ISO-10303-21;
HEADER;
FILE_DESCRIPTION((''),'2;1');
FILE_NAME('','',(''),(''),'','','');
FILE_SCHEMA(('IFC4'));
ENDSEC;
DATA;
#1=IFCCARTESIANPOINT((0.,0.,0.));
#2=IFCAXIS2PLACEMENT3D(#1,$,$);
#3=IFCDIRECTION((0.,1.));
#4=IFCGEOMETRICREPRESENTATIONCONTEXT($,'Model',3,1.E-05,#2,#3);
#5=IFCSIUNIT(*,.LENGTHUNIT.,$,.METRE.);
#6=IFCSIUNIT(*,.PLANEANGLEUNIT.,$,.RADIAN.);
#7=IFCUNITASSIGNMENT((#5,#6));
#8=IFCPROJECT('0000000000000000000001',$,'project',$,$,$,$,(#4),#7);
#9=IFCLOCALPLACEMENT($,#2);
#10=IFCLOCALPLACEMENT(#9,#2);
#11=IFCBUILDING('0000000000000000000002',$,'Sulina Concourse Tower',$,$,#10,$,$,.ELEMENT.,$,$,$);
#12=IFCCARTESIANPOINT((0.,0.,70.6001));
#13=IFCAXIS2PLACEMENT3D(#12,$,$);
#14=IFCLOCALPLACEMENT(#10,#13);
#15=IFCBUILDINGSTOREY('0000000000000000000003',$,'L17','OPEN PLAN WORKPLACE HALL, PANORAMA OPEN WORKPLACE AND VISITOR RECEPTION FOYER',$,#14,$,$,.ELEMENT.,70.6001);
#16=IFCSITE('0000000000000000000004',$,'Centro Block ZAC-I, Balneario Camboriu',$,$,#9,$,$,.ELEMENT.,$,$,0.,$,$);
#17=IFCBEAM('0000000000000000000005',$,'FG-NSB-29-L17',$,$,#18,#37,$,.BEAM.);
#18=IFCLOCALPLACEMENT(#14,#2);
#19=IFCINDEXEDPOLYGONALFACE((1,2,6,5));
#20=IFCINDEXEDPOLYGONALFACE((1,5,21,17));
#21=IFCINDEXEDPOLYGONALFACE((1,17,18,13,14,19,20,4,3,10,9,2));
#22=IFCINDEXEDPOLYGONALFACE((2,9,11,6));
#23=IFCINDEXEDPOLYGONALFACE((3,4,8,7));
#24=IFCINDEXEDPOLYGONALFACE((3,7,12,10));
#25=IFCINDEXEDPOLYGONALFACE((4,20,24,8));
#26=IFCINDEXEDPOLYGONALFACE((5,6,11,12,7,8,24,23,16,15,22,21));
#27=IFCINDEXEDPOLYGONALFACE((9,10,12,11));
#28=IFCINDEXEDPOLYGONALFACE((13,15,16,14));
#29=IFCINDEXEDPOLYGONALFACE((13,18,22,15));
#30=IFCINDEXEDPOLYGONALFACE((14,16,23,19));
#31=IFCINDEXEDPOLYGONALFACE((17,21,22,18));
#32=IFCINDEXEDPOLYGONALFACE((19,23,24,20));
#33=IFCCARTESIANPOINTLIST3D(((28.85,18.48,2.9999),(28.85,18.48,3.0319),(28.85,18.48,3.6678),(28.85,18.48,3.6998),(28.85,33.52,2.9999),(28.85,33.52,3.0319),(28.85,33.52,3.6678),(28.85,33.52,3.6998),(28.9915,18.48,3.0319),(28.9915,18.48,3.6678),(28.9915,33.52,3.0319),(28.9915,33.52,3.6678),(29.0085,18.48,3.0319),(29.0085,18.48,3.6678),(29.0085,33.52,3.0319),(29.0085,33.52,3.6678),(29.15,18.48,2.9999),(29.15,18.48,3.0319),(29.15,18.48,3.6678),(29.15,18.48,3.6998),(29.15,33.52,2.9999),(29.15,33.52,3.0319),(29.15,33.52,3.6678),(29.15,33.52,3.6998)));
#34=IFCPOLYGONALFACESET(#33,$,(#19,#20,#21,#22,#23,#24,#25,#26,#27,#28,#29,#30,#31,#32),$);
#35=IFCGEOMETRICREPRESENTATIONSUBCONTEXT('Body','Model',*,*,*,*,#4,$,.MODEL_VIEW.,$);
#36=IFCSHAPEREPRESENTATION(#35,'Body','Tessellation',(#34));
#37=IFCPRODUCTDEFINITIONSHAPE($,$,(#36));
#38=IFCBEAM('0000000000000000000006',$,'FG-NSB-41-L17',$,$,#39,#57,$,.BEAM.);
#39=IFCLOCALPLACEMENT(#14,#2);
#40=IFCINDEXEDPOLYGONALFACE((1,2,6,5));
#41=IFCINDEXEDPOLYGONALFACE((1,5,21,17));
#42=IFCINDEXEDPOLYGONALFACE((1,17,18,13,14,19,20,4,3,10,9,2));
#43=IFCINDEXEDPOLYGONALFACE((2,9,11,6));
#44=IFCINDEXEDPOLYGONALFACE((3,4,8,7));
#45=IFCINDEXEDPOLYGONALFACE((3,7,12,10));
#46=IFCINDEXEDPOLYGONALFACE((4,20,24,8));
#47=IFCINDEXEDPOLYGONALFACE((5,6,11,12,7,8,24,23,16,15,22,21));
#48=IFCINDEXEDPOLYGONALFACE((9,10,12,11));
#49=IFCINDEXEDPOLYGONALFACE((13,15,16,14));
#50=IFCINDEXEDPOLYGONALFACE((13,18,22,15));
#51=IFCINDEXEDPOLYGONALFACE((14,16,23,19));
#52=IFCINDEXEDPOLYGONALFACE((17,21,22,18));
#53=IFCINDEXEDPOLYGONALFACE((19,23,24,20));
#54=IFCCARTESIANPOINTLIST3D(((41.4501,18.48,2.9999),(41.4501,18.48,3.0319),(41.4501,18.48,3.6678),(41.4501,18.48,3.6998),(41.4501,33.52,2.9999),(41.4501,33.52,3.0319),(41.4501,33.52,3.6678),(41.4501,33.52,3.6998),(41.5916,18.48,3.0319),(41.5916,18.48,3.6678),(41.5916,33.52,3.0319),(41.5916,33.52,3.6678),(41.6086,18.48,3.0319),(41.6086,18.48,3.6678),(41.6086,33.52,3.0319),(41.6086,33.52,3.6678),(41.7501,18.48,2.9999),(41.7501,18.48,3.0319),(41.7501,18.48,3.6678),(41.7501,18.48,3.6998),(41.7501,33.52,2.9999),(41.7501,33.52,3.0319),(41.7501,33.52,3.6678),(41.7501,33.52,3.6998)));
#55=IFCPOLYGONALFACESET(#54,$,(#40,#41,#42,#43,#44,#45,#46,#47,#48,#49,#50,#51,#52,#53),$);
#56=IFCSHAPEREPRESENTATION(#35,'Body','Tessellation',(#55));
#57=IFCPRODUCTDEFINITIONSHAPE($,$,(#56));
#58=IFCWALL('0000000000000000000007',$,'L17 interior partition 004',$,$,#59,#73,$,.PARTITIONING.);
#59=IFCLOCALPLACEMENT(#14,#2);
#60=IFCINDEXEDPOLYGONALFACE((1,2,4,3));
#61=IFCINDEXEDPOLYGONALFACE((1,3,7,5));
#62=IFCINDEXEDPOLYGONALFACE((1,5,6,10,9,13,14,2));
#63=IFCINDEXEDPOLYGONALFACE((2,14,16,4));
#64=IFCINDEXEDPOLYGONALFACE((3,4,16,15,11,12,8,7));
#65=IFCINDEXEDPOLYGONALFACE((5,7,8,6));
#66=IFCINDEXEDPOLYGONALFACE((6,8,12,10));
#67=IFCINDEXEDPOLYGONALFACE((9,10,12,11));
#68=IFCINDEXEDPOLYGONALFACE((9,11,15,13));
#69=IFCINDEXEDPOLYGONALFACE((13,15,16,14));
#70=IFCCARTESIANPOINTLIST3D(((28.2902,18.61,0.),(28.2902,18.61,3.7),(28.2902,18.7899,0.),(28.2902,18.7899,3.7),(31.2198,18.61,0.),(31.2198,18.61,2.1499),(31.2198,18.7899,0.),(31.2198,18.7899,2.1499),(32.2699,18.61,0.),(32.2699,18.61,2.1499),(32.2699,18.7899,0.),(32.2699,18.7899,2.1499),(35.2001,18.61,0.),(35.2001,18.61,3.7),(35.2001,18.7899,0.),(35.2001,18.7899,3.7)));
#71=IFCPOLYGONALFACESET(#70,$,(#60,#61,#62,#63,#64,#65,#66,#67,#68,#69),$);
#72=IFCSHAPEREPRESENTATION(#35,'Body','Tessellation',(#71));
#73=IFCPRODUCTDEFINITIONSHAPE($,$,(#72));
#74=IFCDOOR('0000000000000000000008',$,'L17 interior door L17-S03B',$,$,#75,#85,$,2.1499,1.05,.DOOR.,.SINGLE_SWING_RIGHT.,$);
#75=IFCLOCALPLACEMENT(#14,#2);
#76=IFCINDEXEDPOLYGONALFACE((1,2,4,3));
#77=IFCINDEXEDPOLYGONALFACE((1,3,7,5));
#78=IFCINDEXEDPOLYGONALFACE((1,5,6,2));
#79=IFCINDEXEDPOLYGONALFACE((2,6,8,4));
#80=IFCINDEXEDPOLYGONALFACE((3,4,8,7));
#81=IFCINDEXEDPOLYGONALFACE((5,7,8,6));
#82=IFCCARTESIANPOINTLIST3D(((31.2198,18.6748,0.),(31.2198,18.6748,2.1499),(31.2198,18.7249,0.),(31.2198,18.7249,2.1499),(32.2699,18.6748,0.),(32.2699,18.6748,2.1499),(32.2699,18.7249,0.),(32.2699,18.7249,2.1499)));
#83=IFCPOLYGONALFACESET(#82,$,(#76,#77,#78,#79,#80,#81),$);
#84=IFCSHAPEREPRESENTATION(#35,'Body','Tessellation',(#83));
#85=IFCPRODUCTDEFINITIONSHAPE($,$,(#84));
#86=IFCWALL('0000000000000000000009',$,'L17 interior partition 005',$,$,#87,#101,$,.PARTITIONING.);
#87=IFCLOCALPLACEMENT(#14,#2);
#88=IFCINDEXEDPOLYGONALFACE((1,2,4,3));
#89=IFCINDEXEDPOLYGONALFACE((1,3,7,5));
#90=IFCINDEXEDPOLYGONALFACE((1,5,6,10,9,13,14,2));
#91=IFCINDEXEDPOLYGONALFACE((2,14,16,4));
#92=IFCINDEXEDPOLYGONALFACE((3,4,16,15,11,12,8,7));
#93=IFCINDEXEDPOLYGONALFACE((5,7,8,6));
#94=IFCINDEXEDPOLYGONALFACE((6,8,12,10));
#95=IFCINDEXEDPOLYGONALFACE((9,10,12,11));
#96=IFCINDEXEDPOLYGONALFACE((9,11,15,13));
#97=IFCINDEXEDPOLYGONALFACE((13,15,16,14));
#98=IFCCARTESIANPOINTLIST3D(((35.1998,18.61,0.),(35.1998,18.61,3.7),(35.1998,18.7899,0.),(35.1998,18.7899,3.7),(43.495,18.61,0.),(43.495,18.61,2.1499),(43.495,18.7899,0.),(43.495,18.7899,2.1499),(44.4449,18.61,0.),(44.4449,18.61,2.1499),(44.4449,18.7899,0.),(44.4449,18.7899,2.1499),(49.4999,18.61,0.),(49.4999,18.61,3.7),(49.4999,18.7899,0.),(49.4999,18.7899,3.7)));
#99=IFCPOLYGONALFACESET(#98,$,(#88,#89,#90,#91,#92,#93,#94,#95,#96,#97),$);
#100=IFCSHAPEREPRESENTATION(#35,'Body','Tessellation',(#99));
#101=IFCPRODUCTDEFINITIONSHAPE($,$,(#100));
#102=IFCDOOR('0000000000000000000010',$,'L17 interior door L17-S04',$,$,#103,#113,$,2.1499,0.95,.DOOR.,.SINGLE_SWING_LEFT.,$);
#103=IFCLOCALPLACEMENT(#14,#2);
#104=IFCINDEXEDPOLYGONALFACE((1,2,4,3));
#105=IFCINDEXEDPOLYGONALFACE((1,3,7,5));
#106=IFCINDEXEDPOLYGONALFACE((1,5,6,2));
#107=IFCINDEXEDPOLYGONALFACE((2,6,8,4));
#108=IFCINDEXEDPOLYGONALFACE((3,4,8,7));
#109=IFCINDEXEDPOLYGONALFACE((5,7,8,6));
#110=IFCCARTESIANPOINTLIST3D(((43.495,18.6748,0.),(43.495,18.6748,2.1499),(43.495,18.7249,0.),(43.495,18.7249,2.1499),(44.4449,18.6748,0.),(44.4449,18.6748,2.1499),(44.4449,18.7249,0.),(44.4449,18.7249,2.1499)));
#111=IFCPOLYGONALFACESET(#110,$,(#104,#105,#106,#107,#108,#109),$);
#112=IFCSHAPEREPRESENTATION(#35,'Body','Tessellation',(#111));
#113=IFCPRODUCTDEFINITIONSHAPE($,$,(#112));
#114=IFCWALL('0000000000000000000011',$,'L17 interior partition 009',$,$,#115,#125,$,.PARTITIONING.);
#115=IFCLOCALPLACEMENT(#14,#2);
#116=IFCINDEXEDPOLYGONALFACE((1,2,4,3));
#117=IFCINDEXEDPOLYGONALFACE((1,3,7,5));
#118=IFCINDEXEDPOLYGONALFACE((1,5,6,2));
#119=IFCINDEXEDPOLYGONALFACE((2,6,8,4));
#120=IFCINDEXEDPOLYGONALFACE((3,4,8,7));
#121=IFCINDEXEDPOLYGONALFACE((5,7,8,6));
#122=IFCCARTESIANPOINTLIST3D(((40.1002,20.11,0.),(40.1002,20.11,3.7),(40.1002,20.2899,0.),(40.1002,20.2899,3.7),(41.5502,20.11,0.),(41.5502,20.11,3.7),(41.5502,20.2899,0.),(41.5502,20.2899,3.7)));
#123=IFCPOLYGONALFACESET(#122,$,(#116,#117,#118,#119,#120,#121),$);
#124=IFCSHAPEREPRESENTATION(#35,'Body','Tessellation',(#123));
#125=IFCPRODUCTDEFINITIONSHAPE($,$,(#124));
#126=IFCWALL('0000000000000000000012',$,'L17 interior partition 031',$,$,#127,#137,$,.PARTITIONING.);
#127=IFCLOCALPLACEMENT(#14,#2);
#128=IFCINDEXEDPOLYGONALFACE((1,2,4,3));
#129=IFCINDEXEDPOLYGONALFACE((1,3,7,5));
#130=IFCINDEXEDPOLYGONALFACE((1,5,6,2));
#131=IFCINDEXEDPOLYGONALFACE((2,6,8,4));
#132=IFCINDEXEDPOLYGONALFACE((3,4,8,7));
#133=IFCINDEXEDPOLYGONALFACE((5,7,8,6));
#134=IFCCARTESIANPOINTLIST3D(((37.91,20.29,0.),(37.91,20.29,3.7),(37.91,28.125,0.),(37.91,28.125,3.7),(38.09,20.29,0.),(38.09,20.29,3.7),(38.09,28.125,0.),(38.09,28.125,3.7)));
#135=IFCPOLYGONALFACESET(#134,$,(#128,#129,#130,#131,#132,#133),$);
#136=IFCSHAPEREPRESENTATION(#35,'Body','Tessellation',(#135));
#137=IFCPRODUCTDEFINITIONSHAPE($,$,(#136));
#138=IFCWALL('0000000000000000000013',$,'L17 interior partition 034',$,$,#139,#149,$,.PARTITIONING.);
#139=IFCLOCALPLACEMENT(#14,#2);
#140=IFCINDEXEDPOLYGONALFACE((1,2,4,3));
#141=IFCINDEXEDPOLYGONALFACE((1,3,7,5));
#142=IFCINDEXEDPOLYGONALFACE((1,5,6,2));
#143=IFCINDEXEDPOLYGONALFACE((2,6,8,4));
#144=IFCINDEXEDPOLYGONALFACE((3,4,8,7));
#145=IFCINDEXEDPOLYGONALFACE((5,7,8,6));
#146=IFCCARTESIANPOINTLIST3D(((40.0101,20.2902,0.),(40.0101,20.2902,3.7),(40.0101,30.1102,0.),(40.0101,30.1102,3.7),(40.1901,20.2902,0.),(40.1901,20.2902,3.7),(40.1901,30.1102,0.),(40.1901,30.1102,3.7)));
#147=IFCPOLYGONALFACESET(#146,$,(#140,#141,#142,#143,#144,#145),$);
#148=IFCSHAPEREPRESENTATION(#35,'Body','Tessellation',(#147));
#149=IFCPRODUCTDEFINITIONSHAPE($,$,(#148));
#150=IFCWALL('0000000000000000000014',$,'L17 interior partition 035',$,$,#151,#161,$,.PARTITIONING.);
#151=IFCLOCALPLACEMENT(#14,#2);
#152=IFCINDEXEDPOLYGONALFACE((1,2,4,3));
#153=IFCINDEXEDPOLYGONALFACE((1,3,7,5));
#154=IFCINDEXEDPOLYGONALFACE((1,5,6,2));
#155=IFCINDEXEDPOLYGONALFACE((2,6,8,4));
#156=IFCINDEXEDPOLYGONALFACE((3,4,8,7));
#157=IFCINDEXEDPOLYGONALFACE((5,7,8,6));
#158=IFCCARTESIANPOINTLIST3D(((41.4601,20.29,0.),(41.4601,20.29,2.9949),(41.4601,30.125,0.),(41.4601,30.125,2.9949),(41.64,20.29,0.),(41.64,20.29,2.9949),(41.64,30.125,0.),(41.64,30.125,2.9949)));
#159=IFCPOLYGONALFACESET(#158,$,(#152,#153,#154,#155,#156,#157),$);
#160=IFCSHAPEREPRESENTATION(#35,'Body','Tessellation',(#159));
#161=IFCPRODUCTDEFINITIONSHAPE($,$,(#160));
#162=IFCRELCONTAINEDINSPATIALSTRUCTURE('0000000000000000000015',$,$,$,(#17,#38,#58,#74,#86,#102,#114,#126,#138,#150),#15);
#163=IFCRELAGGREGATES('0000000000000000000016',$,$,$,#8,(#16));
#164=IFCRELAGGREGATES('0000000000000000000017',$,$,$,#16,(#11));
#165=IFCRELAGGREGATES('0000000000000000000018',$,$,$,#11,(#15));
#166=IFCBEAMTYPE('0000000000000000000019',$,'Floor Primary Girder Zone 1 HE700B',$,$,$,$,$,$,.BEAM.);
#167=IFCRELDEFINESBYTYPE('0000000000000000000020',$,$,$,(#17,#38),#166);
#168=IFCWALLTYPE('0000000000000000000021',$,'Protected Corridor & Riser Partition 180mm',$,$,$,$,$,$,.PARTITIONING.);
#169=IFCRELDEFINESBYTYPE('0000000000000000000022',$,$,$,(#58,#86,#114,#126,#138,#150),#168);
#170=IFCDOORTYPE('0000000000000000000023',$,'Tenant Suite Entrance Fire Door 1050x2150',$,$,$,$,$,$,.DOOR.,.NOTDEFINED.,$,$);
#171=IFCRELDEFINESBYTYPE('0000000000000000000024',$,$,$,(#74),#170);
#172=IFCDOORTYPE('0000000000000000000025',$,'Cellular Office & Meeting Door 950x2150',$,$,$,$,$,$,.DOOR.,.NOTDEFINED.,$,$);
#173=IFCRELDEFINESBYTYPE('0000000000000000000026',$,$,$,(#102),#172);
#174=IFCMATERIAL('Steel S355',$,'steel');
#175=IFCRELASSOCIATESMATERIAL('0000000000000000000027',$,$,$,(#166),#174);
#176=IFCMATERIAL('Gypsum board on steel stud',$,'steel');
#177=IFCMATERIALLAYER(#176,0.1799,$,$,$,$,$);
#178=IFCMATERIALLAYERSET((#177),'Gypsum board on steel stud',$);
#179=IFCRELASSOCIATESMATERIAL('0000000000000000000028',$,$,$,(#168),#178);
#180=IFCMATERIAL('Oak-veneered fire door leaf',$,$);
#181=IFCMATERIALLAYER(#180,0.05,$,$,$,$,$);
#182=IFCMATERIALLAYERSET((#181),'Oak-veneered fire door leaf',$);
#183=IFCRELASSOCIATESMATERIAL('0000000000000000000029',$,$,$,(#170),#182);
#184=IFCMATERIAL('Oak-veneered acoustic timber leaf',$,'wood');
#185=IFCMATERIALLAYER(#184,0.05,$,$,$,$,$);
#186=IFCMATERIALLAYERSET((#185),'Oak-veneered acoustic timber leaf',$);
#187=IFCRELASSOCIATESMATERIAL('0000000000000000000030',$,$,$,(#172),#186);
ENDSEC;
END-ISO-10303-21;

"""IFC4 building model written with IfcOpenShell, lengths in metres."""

from ifc_helpers import new_model, si_unit, direction, frame, frame_2d, origin, origin_2d, place, context, subcontext, project, spatial, rectangle, i_section, extrude, material, layer, layer_set, material_profile, profile_set, type_object, element, fill, save


model = new_model("IFC4")

# Units and contexts
model_context = context("Model", 3, precision=1e-05, world=origin(), true_north=direction((0.0, 1.0)))
body_context = subcontext(model_context, "Body", "Model", "MODEL_VIEW")
ifc_project = project(units=[si_unit("LENGTHUNIT", "METRE"), si_unit("PLANEANGLEUNIT", "RADIAN")], contexts=[model_context])

# Site, building, storey
site_placement = place(None, origin())
site = spatial("IfcSite", under=ifc_project, at=site_placement, Name="Centro Block ZAC-I, Balneario Camboriu", CompositionType="ELEMENT", RefElevation=0.0)
building_placement = place(site_placement, origin())
building = spatial("IfcBuilding", under=site, at=building_placement, Name="Sulina Concourse Tower", CompositionType="ELEMENT")
storey_placement = place(building_placement, frame((0.0, 0.0, 70.6001)))
storey = spatial("IfcBuildingStorey", under=building, at=storey_placement, Name="L17", Description="OPEN PLAN WORKPLACE HALL, PANORAMA OPEN WORKPLACE AND VISITOR RECEPTION FOYER", CompositionType="ELEMENT", Elevation=70.6001)

# Beams
ifc_material_1 = material(Name="Steel S355", Category="steel")
ifc_material_profile_1 = material_profile(ifc_material_1, i_section(OverallWidth=0.3, OverallDepth=0.7, WebThickness=0.0171, FlangeThickness=0.032, at=origin_2d()), Name="HE 700 B")
ifc_profile_set_1 = profile_set([ifc_material_profile_1], Name="Steel S355")
beam_type_1 = type_object("IfcBeamType", Name="Floor Primary Girder Zone 1 HE700B", PredefinedType="BEAM", material=ifc_profile_set_1)
for number, where, z_axis, x_axis, name in (
    (1, (29.0, 18.48, 3.3499), (0.0, 1.0, 0.0), (-1.0, 0.0, 0.0), "FG-NSB-29-L17"),
    (2, (41.6001, 18.48, 3.3499), (0.0, 1.0, 0.0), (-1.0, 0.0, 0.0), "FG-NSB-41-L17"),
):
    element("IfcBeam", number, at=place(storey_placement, frame(where, z_axis=z_axis, x_axis=x_axis)), inside=storey, type_object=beam_type_1, Name=name, PredefinedType="BEAM", context=body_context, shape_type="SweptSolid", body=[
        extrude(i_section(OverallWidth=0.3, OverallDepth=0.7, WebThickness=0.0171, FlangeThickness=0.032, at=origin_2d()), origin(), (0.0, 0.0, 1.0), 15.04),
    ])

# Walls, openings, doors
ifc_material_2 = material(Name="Gypsum board on steel stud", Category="steel")
ifc_layer_1 = layer(ifc_material_2, 0.1799)
ifc_layer_set_1 = layer_set([ifc_layer_1], Name="Gypsum board on steel stud")
wall_type = type_object("IfcWallType", Name="Protected Corridor & Riser Partition 180mm", PredefinedType="PARTITIONING", material=ifc_layer_set_1)
wall_1_placement = place(storey_placement, frame((28.29, 18.7, 0.0), z_axis=(0.0, 0.0, 1.0), x_axis=(1.0, 0.0, 0.0)))
wall_1 = element("IfcWall", 3, at=wall_1_placement, inside=storey, type_object=wall_type, Name="L17 interior partition 004", PredefinedType="PARTITIONING", context=body_context, shape_type="SweptSolid", body=[
    extrude(rectangle(XDim=6.9099, YDim=0.1799, at=frame_2d((3.4551, 0.0))), origin(), (0.0, 0.0, 1.0), 3.7),
])
opening_1_placement = place(wall_1_placement, frame((2.9299, 0.0, 0.0)))
opening_1 = element("IfcOpeningElement", 4, at=opening_1_placement, cuts=wall_1, PredefinedType="OPENING", context=body_context, shape_type="SweptSolid", body=[
    extrude(rectangle(XDim=1.05, YDim=2.1499, at=frame_2d((0.5249, 1.075))), frame((0.0, 0.0999, 0.0), z_axis=(0.0, -1.0, 0.0), x_axis=(1.0, 0.0, 0.0)), (0.0, 0.0, 1.0), 0.2),
])
ifc_material_3 = material(Name="Oak-veneered fire door leaf")
ifc_layer_2 = layer(ifc_material_3, 0.05)
ifc_layer_set_2 = layer_set([ifc_layer_2], Name="Oak-veneered fire door leaf")
door_type_1 = type_object("IfcDoorType", Name="Tenant Suite Entrance Fire Door 1050x2150", OperationType="NOTDEFINED", PredefinedType="DOOR", material=ifc_layer_set_2)
door_1_placement = place(opening_1_placement, origin())
door_1 = element("IfcDoor", 5, at=door_1_placement, inside=storey, type_object=door_type_1, Name="L17 interior door L17-S03B", OperationType="SINGLE_SWING_RIGHT", OverallHeight=2.1499, OverallWidth=1.05, PredefinedType="DOOR", context=body_context, shape_type="SweptSolid", body=[
    extrude(rectangle(XDim=1.05, YDim=2.1499, at=frame_2d((0.5249, 1.075))), frame((0.0, 0.0249, 0.0), z_axis=(0.0, -1.0, 0.0), x_axis=(1.0, 0.0, 0.0)), (0.0, 0.0, 1.0), 0.05),
])
fill(opening_1, door_1)
wall_2_placement = place(storey_placement, frame((35.2, 18.7, 0.0), z_axis=(0.0, 0.0, 1.0), x_axis=(1.0, 0.0, 0.0)))
wall_2 = element("IfcWall", 6, at=wall_2_placement, inside=storey, type_object=wall_type, Name="L17 interior partition 005", PredefinedType="PARTITIONING", context=body_context, shape_type="SweptSolid", body=[
    extrude(rectangle(XDim=14.3, YDim=0.1799, at=frame_2d((7.1499, 0.0))), origin(), (0.0, 0.0, 1.0), 3.7),
])
opening_2_placement = place(wall_2_placement, frame((8.2949, 0.0, 0.0)))
opening_2 = element("IfcOpeningElement", 7, at=opening_2_placement, cuts=wall_2, PredefinedType="OPENING", context=body_context, shape_type="SweptSolid", body=[
    extrude(rectangle(XDim=0.95, YDim=2.1499, at=frame_2d((0.4751, 1.075))), frame((0.0, 0.0999, 0.0), z_axis=(0.0, -1.0, 0.0), x_axis=(1.0, 0.0, 0.0)), (0.0, 0.0, 1.0), 0.2),
])
ifc_material_4 = material(Name="Oak-veneered acoustic timber leaf", Category="wood")
ifc_layer_3 = layer(ifc_material_4, 0.05)
ifc_layer_set_3 = layer_set([ifc_layer_3], Name="Oak-veneered acoustic timber leaf")
door_type_2 = type_object("IfcDoorType", Name="Cellular Office & Meeting Door 950x2150", OperationType="NOTDEFINED", PredefinedType="DOOR", material=ifc_layer_set_3)
door_2_placement = place(opening_2_placement, origin())
door_2 = element("IfcDoor", 8, at=door_2_placement, inside=storey, type_object=door_type_2, Name="L17 interior door L17-S04", OperationType="SINGLE_SWING_LEFT", OverallHeight=2.1499, OverallWidth=0.95, PredefinedType="DOOR", context=body_context, shape_type="SweptSolid", body=[
    extrude(rectangle(XDim=0.95, YDim=2.1499, at=frame_2d((0.4751, 1.075))), frame((0.0, 0.0249, 0.0), z_axis=(0.0, -1.0, 0.0), x_axis=(1.0, 0.0, 0.0)), (0.0, 0.0, 1.0), 0.05),
])
fill(opening_2, door_2)

# Wall
wall_3_placement = place(storey_placement, frame((40.1001, 20.2, 0.0), z_axis=(0.0, 0.0, 1.0), x_axis=(1.0, 0.0, 0.0)))
element("IfcWall", 9, at=wall_3_placement, inside=storey, type_object=wall_type, Name="L17 interior partition 009", PredefinedType="PARTITIONING", context=body_context, shape_type="SweptSolid", body=[
    extrude(rectangle(XDim=1.45, YDim=0.1799, at=frame_2d((0.7251, 0.0))), origin(), (0.0, 0.0, 1.0), 3.7),
])

# Wall
wall_4_placement = place(storey_placement, frame((38.0, 20.29, 0.0), z_axis=(0.0, 0.0, 1.0), x_axis=(0.0, 1.0, 0.0)))
element("IfcWall", 10, at=wall_4_placement, inside=storey, type_object=wall_type, Name="L17 interior partition 031", PredefinedType="PARTITIONING", context=body_context, shape_type="SweptSolid", body=[
    extrude(rectangle(XDim=7.835, YDim=0.1799, at=frame_2d((3.9175, 0.0))), origin(), (0.0, 0.0, 1.0), 3.7),
])

# Walls
wall_5_placement = place(storey_placement, frame((40.1001, 20.29, 0.0), z_axis=(0.0, 0.0, 1.0), x_axis=(0.0, 1.0, 0.0)))
element("IfcWall", 11, at=wall_5_placement, inside=storey, type_object=wall_type, Name="L17 interior partition 034", PredefinedType="PARTITIONING", context=body_context, shape_type="SweptSolid", body=[
    extrude(rectangle(XDim=9.8201, YDim=0.1799, at=frame_2d((4.9102, 0.0))), origin(), (0.0, 0.0, 1.0), 3.7),
])
wall_6_placement = place(storey_placement, frame((41.55, 20.29, 0.0), z_axis=(0.0, 0.0, 1.0), x_axis=(0.0, 1.0, 0.0)))
element("IfcWall", 12, at=wall_6_placement, inside=storey, type_object=wall_type, Name="L17 interior partition 035", PredefinedType="PARTITIONING", context=body_context, shape_type="SweptSolid", body=[
    extrude(rectangle(XDim=9.835, YDim=0.1799, at=frame_2d((4.9175, 0.0))), origin(), (0.0, 0.0, 1.0), 2.9949),
])

save(model, "model.ifc")
